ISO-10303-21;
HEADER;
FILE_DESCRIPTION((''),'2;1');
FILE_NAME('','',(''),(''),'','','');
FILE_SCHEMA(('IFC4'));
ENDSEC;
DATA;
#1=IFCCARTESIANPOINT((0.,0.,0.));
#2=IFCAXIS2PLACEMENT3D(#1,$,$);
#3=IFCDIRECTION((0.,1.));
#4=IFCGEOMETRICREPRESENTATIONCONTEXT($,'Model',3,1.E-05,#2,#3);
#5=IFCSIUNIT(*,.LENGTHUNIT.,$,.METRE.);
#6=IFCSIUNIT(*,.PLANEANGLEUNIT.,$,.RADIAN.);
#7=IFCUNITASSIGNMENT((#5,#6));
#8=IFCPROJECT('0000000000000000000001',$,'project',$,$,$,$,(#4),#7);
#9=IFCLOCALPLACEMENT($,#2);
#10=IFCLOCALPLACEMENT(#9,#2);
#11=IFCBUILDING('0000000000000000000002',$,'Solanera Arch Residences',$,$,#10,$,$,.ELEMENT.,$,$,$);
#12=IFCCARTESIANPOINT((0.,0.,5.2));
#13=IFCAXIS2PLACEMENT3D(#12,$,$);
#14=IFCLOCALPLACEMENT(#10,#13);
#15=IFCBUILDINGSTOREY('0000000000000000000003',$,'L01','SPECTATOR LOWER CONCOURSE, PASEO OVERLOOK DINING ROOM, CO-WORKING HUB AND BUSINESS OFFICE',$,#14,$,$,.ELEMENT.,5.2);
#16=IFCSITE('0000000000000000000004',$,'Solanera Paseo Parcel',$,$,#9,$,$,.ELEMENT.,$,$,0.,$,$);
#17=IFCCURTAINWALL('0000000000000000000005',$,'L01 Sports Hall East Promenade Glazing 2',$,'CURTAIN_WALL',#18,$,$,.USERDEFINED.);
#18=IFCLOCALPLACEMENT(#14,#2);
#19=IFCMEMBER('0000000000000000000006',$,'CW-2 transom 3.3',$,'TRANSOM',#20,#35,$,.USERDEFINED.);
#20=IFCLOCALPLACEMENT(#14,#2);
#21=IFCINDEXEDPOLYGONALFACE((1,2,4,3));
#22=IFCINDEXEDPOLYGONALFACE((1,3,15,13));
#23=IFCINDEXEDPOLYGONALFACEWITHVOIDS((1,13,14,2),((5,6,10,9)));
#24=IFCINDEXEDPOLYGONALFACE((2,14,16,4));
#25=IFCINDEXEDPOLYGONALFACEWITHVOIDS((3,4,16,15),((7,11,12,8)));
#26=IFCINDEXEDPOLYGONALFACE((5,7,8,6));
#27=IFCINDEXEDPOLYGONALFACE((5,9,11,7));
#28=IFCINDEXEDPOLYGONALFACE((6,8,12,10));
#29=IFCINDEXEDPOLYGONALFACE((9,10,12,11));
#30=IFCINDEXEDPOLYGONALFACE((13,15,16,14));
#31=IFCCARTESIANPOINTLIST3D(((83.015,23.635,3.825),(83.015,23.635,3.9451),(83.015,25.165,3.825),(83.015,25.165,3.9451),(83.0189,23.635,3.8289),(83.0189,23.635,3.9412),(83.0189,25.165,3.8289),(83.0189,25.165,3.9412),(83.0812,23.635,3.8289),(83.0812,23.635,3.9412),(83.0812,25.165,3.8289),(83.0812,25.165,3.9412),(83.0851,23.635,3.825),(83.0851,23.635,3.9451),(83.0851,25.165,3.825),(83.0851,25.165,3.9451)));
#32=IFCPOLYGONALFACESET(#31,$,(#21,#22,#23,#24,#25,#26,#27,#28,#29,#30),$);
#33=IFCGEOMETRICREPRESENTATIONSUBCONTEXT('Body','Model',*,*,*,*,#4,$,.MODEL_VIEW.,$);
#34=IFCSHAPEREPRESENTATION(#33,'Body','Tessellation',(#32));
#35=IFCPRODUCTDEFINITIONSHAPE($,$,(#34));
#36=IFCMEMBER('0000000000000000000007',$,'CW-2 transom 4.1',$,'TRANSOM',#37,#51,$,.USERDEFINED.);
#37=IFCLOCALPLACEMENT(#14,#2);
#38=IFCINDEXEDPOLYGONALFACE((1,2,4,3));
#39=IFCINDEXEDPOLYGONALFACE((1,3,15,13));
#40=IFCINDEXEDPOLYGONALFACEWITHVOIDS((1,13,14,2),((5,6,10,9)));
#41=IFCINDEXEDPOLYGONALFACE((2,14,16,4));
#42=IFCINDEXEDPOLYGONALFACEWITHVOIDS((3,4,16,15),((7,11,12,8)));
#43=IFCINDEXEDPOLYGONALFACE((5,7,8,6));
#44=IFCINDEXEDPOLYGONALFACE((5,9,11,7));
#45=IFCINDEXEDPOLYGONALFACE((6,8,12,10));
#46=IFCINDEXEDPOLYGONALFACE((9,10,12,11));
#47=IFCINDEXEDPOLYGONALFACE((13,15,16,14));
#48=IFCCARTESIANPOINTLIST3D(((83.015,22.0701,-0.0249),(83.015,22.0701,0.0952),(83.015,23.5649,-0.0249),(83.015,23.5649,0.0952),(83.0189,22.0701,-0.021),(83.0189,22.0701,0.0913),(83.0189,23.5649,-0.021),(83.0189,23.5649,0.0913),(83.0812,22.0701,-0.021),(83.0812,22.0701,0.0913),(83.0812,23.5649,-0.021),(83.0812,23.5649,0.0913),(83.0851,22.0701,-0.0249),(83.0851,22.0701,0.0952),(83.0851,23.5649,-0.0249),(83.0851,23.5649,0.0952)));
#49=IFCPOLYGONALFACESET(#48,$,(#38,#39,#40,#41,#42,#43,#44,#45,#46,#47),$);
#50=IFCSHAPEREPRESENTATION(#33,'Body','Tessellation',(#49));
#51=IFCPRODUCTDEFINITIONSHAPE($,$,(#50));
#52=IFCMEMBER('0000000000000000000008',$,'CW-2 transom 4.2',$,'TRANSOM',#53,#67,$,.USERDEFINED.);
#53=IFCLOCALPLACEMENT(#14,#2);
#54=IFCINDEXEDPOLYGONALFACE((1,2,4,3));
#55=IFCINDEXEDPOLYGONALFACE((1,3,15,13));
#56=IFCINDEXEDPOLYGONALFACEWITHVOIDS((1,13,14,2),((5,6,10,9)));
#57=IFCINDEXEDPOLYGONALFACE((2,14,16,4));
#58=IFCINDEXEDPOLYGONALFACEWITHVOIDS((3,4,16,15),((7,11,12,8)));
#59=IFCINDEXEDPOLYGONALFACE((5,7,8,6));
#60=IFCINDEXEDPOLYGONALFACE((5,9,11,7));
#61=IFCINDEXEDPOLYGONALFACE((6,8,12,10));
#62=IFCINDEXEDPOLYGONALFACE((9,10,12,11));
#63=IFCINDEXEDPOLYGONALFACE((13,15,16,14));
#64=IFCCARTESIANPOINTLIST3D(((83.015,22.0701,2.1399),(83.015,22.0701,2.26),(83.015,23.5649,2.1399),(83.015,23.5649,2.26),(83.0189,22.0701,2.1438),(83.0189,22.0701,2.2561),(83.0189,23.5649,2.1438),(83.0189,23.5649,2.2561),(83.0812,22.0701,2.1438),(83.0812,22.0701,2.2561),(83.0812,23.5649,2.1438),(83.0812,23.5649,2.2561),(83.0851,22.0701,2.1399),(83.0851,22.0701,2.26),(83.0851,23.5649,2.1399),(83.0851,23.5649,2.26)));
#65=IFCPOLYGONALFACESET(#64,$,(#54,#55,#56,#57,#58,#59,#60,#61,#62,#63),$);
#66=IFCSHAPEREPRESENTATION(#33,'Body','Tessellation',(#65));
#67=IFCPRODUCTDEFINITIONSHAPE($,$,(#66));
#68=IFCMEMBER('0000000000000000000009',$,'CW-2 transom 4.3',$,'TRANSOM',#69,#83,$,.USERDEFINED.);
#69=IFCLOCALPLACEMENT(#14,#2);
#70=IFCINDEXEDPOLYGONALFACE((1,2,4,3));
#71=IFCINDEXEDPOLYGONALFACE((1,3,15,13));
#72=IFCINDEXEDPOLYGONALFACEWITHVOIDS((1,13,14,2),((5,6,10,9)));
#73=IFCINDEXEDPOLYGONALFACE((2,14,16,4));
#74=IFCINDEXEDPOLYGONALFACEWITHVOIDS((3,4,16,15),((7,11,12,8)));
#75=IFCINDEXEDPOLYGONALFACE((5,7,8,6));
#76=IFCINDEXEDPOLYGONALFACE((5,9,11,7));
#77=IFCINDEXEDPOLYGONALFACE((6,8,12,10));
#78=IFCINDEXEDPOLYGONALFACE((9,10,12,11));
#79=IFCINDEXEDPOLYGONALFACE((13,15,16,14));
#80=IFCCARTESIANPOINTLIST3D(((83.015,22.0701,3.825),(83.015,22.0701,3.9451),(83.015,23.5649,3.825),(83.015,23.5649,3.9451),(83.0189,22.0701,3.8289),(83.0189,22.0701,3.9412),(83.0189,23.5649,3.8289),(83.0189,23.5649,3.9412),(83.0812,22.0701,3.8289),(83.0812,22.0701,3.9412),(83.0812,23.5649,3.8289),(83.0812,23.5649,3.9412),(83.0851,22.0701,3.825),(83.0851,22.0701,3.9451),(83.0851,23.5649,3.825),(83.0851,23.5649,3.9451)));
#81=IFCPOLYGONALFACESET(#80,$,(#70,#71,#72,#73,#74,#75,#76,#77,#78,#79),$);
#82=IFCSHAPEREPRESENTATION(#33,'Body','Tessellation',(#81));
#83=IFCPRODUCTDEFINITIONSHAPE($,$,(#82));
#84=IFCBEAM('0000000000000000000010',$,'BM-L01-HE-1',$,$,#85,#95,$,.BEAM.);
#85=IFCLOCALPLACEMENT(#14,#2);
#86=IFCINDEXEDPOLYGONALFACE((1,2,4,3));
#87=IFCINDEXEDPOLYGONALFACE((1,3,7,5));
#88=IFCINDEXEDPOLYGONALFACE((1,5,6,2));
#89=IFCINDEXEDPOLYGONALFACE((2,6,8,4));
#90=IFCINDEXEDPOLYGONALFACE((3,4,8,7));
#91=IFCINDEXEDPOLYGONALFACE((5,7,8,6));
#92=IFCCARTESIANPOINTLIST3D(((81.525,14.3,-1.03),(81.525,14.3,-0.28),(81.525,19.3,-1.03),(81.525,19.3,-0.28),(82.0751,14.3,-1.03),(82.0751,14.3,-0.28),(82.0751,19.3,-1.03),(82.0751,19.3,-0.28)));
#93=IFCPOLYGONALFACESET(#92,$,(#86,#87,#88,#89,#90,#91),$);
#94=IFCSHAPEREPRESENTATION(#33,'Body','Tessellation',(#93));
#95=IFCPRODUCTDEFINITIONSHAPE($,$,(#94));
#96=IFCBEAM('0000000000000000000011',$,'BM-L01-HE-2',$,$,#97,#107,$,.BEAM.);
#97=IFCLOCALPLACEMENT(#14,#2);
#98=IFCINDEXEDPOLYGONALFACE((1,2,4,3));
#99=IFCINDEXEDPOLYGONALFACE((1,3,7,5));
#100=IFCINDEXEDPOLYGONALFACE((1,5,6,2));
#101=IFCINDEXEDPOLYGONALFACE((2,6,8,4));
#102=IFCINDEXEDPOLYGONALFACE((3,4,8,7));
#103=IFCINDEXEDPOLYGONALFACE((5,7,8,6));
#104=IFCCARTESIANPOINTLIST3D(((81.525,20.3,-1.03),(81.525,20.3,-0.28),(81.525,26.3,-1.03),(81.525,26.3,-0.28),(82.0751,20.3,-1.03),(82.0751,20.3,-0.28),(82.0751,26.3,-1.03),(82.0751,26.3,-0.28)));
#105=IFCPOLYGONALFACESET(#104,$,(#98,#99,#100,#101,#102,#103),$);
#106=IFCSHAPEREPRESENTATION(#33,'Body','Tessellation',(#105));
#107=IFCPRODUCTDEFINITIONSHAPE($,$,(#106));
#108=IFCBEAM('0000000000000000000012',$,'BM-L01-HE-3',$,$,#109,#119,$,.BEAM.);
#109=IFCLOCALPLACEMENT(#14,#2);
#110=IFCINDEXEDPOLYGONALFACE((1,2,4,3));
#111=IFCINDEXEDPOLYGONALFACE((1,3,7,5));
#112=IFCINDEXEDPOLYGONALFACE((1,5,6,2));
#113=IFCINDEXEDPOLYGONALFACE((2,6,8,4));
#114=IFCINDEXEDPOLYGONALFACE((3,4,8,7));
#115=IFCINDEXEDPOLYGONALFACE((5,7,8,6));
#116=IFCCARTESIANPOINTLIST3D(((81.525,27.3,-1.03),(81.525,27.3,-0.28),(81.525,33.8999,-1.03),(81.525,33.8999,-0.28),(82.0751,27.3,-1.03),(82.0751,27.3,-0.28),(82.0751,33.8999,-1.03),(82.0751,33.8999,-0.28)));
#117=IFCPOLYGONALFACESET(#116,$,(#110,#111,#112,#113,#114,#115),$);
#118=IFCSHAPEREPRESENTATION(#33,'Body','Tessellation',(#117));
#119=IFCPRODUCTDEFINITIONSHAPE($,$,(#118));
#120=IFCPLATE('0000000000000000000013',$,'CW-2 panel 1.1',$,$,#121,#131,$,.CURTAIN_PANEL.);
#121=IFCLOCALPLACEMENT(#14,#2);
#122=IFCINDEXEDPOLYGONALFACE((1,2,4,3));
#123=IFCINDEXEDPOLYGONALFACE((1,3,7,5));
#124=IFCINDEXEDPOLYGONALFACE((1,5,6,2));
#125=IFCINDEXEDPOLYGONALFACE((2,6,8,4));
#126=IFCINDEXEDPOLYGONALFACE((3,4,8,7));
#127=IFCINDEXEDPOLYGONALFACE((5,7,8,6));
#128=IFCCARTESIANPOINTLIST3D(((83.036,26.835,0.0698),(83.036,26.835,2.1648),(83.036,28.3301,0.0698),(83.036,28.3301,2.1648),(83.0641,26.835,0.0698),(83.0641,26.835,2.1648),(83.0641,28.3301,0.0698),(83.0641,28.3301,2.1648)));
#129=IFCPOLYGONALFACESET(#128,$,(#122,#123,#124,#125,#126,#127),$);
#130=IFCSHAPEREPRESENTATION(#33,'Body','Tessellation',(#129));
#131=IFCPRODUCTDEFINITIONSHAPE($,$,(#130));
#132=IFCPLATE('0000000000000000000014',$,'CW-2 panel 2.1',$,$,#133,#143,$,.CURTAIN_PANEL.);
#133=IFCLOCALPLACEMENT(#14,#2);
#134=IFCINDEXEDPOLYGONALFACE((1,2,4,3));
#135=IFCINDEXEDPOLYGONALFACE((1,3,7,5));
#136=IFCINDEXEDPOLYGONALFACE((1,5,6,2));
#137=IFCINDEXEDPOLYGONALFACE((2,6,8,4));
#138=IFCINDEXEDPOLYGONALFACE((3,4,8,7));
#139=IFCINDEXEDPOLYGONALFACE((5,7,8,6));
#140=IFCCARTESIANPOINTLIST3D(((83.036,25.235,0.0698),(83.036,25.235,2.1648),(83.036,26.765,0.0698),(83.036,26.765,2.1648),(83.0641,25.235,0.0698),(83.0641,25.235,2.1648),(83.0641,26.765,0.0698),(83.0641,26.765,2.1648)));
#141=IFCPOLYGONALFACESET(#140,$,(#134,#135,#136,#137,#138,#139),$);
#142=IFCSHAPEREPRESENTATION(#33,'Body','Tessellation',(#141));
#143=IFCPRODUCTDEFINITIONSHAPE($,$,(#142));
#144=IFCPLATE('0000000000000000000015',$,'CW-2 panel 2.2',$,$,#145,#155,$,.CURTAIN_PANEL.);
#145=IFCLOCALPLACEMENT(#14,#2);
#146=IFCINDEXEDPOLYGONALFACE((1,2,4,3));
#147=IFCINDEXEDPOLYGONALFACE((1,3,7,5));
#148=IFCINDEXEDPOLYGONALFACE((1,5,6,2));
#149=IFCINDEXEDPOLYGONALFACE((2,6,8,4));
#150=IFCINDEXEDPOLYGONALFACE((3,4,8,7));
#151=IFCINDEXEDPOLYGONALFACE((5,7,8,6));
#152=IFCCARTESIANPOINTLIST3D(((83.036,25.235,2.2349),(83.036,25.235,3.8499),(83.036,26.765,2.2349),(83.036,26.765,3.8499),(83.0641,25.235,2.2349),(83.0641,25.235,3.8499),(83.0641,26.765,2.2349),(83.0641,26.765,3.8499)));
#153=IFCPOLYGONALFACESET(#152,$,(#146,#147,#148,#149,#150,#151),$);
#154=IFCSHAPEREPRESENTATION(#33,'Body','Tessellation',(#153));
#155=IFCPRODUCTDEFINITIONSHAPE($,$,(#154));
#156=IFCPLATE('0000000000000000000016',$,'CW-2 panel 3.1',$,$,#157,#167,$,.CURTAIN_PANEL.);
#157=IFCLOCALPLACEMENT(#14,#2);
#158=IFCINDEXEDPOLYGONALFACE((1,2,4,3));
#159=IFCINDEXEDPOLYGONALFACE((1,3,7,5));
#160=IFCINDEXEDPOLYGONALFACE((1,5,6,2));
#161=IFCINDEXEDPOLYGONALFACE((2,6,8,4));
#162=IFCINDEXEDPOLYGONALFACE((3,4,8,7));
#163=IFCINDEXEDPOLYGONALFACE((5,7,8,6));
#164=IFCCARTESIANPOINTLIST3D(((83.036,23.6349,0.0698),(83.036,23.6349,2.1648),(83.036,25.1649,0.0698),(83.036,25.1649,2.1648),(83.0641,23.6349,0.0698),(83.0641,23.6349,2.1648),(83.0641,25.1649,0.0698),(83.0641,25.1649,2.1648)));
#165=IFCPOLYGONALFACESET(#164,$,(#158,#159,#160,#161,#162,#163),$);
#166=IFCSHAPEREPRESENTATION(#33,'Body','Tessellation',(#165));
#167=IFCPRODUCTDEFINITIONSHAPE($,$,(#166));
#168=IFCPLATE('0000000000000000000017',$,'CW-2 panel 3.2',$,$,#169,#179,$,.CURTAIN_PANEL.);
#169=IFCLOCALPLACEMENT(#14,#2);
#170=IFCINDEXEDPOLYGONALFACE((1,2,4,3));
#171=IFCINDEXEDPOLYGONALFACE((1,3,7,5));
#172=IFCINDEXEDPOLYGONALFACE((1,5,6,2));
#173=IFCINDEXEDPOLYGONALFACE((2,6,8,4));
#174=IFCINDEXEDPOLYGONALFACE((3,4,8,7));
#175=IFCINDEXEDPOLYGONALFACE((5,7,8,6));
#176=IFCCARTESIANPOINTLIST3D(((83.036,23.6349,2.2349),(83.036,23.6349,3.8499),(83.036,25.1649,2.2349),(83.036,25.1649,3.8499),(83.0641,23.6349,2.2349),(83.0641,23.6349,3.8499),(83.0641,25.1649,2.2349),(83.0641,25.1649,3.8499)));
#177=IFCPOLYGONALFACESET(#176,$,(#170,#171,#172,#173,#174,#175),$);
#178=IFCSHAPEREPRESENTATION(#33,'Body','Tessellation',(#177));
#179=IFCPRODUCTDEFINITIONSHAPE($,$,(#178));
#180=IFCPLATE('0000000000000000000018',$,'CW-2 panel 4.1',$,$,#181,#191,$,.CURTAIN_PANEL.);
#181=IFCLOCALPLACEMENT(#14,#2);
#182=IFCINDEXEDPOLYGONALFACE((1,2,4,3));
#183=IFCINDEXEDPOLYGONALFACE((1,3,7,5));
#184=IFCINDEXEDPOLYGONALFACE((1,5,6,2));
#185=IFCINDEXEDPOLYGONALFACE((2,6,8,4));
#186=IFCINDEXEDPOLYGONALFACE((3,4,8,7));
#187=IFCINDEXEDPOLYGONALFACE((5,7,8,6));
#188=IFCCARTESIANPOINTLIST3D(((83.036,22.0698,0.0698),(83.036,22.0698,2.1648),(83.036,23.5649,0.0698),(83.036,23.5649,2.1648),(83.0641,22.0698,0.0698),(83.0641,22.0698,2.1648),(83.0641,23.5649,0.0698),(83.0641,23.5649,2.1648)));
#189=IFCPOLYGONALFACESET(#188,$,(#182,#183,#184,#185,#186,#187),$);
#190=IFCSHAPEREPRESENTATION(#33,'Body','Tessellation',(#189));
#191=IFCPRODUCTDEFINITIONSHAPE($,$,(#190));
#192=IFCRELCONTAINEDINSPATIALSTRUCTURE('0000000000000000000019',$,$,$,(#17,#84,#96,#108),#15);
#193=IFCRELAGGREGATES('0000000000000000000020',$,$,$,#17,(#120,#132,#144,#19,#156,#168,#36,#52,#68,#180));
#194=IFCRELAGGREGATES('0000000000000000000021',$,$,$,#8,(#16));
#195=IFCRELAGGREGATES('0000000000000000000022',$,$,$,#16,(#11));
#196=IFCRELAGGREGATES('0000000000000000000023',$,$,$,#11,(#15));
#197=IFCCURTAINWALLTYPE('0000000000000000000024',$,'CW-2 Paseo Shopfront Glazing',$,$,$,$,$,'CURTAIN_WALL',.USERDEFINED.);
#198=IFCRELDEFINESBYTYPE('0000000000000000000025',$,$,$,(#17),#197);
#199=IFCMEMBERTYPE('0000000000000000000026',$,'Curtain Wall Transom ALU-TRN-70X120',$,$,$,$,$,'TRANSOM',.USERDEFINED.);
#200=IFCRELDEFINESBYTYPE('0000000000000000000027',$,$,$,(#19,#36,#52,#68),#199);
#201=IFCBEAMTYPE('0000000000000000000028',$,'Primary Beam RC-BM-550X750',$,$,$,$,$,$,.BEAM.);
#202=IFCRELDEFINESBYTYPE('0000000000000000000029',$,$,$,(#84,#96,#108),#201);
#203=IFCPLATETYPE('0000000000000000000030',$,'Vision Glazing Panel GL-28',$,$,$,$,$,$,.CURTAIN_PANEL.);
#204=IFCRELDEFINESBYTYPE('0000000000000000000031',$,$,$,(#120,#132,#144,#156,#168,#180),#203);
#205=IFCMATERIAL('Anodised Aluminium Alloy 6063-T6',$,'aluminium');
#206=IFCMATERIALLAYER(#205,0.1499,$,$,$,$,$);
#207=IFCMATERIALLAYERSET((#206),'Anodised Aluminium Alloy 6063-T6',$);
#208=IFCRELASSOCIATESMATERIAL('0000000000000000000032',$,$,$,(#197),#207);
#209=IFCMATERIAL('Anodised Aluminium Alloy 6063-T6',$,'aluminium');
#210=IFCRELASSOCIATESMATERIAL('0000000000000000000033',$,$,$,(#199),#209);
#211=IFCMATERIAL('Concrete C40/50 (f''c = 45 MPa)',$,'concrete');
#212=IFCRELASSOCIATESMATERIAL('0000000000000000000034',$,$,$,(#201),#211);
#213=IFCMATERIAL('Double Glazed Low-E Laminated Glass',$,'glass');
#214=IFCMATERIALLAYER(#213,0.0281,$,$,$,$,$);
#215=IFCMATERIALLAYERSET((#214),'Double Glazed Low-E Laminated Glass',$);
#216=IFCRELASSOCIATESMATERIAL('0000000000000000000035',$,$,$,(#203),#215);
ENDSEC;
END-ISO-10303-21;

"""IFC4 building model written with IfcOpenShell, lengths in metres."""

from ifc_helpers import new_model, si_unit, direction, frame, origin, origin_2d, place, context, subcontext, project, spatial, rectangle, hollow_rectangle, extrude, material, layer, layer_set, material_profile, profile_set, type_object, element, aggregate, save


model = new_model("IFC4")

# Units and contexts
model_context = context("Model", 3, precision=1e-05, world=origin(), true_north=direction((0.0, 1.0)))
body_context = subcontext(model_context, "Body", "Model", "MODEL_VIEW")
ifc_project = project(units=[si_unit("LENGTHUNIT", "METRE"), si_unit("PLANEANGLEUNIT", "RADIAN")], contexts=[model_context])

# Site, building, storey
site_placement = place(None, origin())
site = spatial("IfcSite", under=ifc_project, at=site_placement, Name="Solanera Paseo Parcel", CompositionType="ELEMENT", RefElevation=0.0)
building_placement = place(site_placement, origin())
building = spatial("IfcBuilding", under=site, at=building_placement, Name="Solanera Arch Residences", CompositionType="ELEMENT")
storey_placement = place(building_placement, frame((0.0, 0.0, 5.2)))
storey = spatial("IfcBuildingStorey", under=building, at=storey_placement, Name="L01", Description="SPECTATOR LOWER CONCOURSE, PASEO OVERLOOK DINING ROOM, CO-WORKING HUB AND BUSINESS OFFICE", CompositionType="ELEMENT", Elevation=5.2)

# Curtain wall, members
ifc_material_1 = material(Name="Anodised Aluminium Alloy 6063-T6", Category="aluminium")
ifc_layer_1 = layer(ifc_material_1, 0.1499)
ifc_layer_set_1 = layer_set([ifc_layer_1], Name="Anodised Aluminium Alloy 6063-T6")
curtain_wall_type = type_object("IfcCurtainWallType", Name="CW-2 Paseo Shopfront Glazing", ElementType="CURTAIN_WALL", PredefinedType="USERDEFINED", material=ifc_layer_set_1)
curtain_wall_placement = place(storey_placement, origin())
curtain_wall = element("IfcCurtainWall", 1, at=curtain_wall_placement, inside=storey, type_object=curtain_wall_type, Name="L01 Sports Hall East Promenade Glazing 2", ObjectType="CURTAIN_WALL", PredefinedType="USERDEFINED")
ifc_material_2 = material(Name="Anodised Aluminium Alloy 6063-T6", Category="aluminium")
ifc_material_profile_1 = material_profile(ifc_material_2, hollow_rectangle(XDim=0.0701, YDim=0.1201, WallThickness=0.0039, at=origin_2d()))
ifc_profile_set_1 = profile_set([ifc_material_profile_1], Name="Anodised Aluminium Alloy 6063-T6")
member_type_1 = type_object("IfcMemberType", Name="Curtain Wall Transom ALU-TRN-70X120", ElementType="TRANSOM", PredefinedType="USERDEFINED", material=ifc_profile_set_1)
member_1_placement = place(storey_placement, frame((83.05, 25.165, 3.885), z_axis=(0.0, -1.0, 0.0), x_axis=(1.0, 0.0, 0.0)))
member_1 = element("IfcMember", 2, at=member_1_placement, type_object=member_type_1, Name="CW-2 transom 3.3", ObjectType="TRANSOM", PredefinedType="USERDEFINED", context=body_context, shape_type="SweptSolid", body=[
    extrude(hollow_rectangle(XDim=0.0701, YDim=0.1201, WallThickness=0.0039, at=origin_2d()), origin(), (0.0, 0.0, 1.0), 1.53),
])
member_2_placement = place(storey_placement, frame((83.05, 23.5649, 0.0352), z_axis=(0.0, -1.0, 0.0), x_axis=(1.0, 0.0, 0.0)))
member_2 = element("IfcMember", 3, at=member_2_placement, type_object=member_type_1, Name="CW-2 transom 4.1", ObjectType="TRANSOM", PredefinedType="USERDEFINED", context=body_context, shape_type="SweptSolid", body=[
    extrude(hollow_rectangle(XDim=0.0701, YDim=0.1201, WallThickness=0.0039, at=origin_2d()), origin(), (0.0, 0.0, 1.0), 1.4949),
])
member_3_placement = place(storey_placement, frame((83.05, 23.5649, 2.2), z_axis=(0.0, -1.0, 0.0), x_axis=(1.0, 0.0, 0.0)))
member_3 = element("IfcMember", 4, at=member_3_placement, type_object=member_type_1, Name="CW-2 transom 4.2", ObjectType="TRANSOM", PredefinedType="USERDEFINED", context=body_context, shape_type="SweptSolid", body=[
    extrude(hollow_rectangle(XDim=0.0701, YDim=0.1201, WallThickness=0.0039, at=origin_2d()), origin(), (0.0, 0.0, 1.0), 1.4949),
])
member_4_placement = place(storey_placement, frame((83.05, 23.5649, 3.885), z_axis=(0.0, -1.0, 0.0), x_axis=(1.0, 0.0, 0.0)))
member_4 = element("IfcMember", 5, at=member_4_placement, type_object=member_type_1, Name="CW-2 transom 4.3", ObjectType="TRANSOM", PredefinedType="USERDEFINED", context=body_context, shape_type="SweptSolid", body=[
    extrude(hollow_rectangle(XDim=0.0701, YDim=0.1201, WallThickness=0.0039, at=origin_2d()), origin(), (0.0, 0.0, 1.0), 1.4949),
])

# Beams
ifc_material_3 = material(Name="Concrete C40/50 (f'c = 45 MPa)", Category="concrete")
ifc_material_profile_2 = material_profile(ifc_material_3, rectangle(XDim=0.55, YDim=0.75, at=origin_2d()))
ifc_profile_set_2 = profile_set([ifc_material_profile_2], Name="Concrete C40/50 (f'c = 45 MPa)")
beam_type = type_object("IfcBeamType", Name="Primary Beam RC-BM-550X750", PredefinedType="BEAM", material=ifc_profile_set_2)
beam_1_placement = place(storey_placement, frame((81.8, 14.3, -0.655), z_axis=(0.0, 1.0, 0.0), x_axis=(-1.0, 0.0, 0.0)))
element("IfcBeam", 6, at=beam_1_placement, inside=storey, type_object=beam_type, Name="BM-L01-HE-1", PredefinedType="BEAM", context=body_context, shape_type="SweptSolid", body=[
    extrude(rectangle(XDim=0.55, YDim=0.75, at=origin_2d()), origin(), (0.0, 0.0, 1.0), 5.0),
])
beam_2_placement = place(storey_placement, frame((81.8, 20.3, -0.655), z_axis=(0.0, 1.0, 0.0), x_axis=(-1.0, 0.0, 0.0)))
element("IfcBeam", 7, at=beam_2_placement, inside=storey, type_object=beam_type, Name="BM-L01-HE-2", PredefinedType="BEAM", context=body_context, shape_type="SweptSolid", body=[
    extrude(rectangle(XDim=0.55, YDim=0.75, at=origin_2d()), origin(), (0.0, 0.0, 1.0), 6.0),
])
beam_3_placement = place(storey_placement, frame((81.8, 27.3, -0.655), z_axis=(0.0, 1.0, 0.0), x_axis=(-1.0, 0.0, 0.0)))
element("IfcBeam", 8, at=beam_3_placement, inside=storey, type_object=beam_type, Name="BM-L01-HE-3", PredefinedType="BEAM", context=body_context, shape_type="SweptSolid", body=[
    extrude(rectangle(XDim=0.55, YDim=0.75, at=origin_2d()), origin(), (0.0, 0.0, 1.0), 6.5999),
])

# Plates
ifc_material_4 = material(Name="Double Glazed Low-E Laminated Glass", Category="glass")
ifc_layer_2 = layer(ifc_material_4, 0.0281)
ifc_layer_set_2 = layer_set([ifc_layer_2], Name="Double Glazed Low-E Laminated Glass")
plate_type = type_object("IfcPlateType", Name="Vision Glazing Panel GL-28", PredefinedType="CURTAIN_PANEL", material=ifc_layer_set_2)
plate_1_placement = place(storey_placement, frame((83.05, 27.5825, 0.0698), z_axis=(0.0, 0.0, 1.0), x_axis=(0.0, -1.0, 0.0)))
plate_1 = element("IfcPlate", 9, at=plate_1_placement, type_object=plate_type, Name="CW-2 panel 1.1", PredefinedType="CURTAIN_PANEL", context=body_context, shape_type="SweptSolid", body=[
    extrude(rectangle(XDim=1.4951, YDim=0.0281, at=origin_2d()), origin(), (0.0, 0.0, 1.0), 2.095),
])
plate_2_placement = place(storey_placement, frame((83.05, 26.0, 0.0698), z_axis=(0.0, 0.0, 1.0), x_axis=(0.0, -1.0, 0.0)))
plate_2 = element("IfcPlate", 10, at=plate_2_placement, type_object=plate_type, Name="CW-2 panel 2.1", PredefinedType="CURTAIN_PANEL", context=body_context, shape_type="SweptSolid", body=[
    extrude(rectangle(XDim=1.53, YDim=0.0281, at=origin_2d()), origin(), (0.0, 0.0, 1.0), 2.095),
])
plate_3_placement = place(storey_placement, frame((83.05, 26.0, 2.2349), z_axis=(0.0, 0.0, 1.0), x_axis=(0.0, -1.0, 0.0)))
plate_3 = element("IfcPlate", 11, at=plate_3_placement, type_object=plate_type, Name="CW-2 panel 2.2", PredefinedType="CURTAIN_PANEL", context=body_context, shape_type="SweptSolid", body=[
    extrude(rectangle(XDim=1.53, YDim=0.0281, at=origin_2d()), origin(), (0.0, 0.0, 1.0), 1.615),
])
plate_4_placement = place(storey_placement, frame((83.05, 24.3999, 0.0698), z_axis=(0.0, 0.0, 1.0), x_axis=(0.0, -1.0, 0.0)))
plate_4 = element("IfcPlate", 12, at=plate_4_placement, type_object=plate_type, Name="CW-2 panel 3.1", PredefinedType="CURTAIN_PANEL", context=body_context, shape_type="SweptSolid", body=[
    extrude(rectangle(XDim=1.53, YDim=0.0281, at=origin_2d()), origin(), (0.0, 0.0, 1.0), 2.095),
])
plate_5_placement = place(storey_placement, frame((83.05, 24.3999, 2.2349), z_axis=(0.0, 0.0, 1.0), x_axis=(0.0, -1.0, 0.0)))
plate_5 = element("IfcPlate", 13, at=plate_5_placement, type_object=plate_type, Name="CW-2 panel 3.2", PredefinedType="CURTAIN_PANEL", context=body_context, shape_type="SweptSolid", body=[
    extrude(rectangle(XDim=1.53, YDim=0.0281, at=origin_2d()), origin(), (0.0, 0.0, 1.0), 1.615),
])
plate_6_placement = place(storey_placement, frame((83.05, 22.8174, 0.0698), z_axis=(0.0, 0.0, 1.0), x_axis=(0.0, -1.0, 0.0)))
plate_6 = element("IfcPlate", 14, at=plate_6_placement, type_object=plate_type, Name="CW-2 panel 4.1", PredefinedType="CURTAIN_PANEL", context=body_context, shape_type="SweptSolid", body=[
    extrude(rectangle(XDim=1.4951, YDim=0.0281, at=origin_2d()), origin(), (0.0, 0.0, 1.0), 2.095),
])
aggregate(curtain_wall, [plate_1, plate_2, plate_3, member_1, plate_4, plate_5, member_2, member_3, member_4, plate_6])

save(model, "model.ifc")
